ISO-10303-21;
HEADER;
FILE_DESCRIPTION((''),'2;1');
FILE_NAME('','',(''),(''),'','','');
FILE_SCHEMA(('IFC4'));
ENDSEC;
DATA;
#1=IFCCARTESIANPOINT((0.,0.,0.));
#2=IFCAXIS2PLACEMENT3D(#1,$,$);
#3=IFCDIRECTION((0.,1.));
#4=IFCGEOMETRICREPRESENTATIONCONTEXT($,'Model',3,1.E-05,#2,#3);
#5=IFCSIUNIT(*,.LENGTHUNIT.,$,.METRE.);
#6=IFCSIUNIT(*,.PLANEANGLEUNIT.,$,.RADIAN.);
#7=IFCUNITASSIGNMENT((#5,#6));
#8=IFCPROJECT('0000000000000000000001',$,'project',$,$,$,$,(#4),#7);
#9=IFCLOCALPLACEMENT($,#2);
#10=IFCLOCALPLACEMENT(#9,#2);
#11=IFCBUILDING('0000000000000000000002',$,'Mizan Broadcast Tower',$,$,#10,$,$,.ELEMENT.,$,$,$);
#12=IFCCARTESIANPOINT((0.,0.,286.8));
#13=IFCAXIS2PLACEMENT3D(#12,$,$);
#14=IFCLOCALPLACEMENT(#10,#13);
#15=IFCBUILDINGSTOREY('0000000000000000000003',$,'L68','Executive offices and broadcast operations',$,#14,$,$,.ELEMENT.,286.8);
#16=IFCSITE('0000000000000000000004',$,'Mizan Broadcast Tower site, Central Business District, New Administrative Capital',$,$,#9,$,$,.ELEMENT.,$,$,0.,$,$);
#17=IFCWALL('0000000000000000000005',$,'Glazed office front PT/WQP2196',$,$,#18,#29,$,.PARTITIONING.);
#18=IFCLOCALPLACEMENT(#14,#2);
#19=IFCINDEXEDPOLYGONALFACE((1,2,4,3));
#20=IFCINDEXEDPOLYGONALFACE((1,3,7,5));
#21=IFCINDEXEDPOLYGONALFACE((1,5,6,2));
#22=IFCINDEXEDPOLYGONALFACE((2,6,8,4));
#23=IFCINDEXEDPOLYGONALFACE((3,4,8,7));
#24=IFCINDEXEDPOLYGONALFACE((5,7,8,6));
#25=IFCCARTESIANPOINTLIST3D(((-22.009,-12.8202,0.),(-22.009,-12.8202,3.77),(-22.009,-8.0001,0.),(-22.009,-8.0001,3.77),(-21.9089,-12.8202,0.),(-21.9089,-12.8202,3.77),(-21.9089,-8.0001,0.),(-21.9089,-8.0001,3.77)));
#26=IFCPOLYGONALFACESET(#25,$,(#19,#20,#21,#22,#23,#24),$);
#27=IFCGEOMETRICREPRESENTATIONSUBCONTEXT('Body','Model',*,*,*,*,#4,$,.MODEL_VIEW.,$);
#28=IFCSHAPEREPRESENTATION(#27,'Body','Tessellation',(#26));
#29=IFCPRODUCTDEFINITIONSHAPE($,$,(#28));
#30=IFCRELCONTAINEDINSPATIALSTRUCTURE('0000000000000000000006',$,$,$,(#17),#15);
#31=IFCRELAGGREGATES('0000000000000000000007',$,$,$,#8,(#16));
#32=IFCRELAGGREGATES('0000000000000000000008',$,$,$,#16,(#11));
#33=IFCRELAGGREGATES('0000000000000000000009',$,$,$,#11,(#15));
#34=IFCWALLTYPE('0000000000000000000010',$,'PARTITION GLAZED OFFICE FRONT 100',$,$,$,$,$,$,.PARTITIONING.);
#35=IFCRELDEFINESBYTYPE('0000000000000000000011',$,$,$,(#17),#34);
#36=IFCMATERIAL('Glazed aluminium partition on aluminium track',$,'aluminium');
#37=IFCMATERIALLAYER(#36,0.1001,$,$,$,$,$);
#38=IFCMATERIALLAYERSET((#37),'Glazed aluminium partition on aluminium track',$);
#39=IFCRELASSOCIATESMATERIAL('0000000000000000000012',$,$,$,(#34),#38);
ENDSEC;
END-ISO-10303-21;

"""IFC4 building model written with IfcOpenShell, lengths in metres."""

from ifc_helpers import new_model, si_unit, direction, frame, frame_2d, origin, place, context, subcontext, project, spatial, rectangle, extrude, material, layer, layer_set, type_object, element, save


model = new_model("IFC4")

# Units and contexts
model_context = context("Model", 3, precision=1e-05, world=origin(), true_north=direction((0.0, 1.0)))
body_context = subcontext(model_context, "Body", "Model", "MODEL_VIEW")
ifc_project = project(units=[si_unit("LENGTHUNIT", "METRE"), si_unit("PLANEANGLEUNIT", "RADIAN")], contexts=[model_context])

# Site, building, storey
site_placement = place(None, origin())
site = spatial("IfcSite", under=ifc_project, at=site_placement, Name="Mizan Broadcast Tower site, Central Business District, New Administrative Capital", CompositionType="ELEMENT", RefElevation=0.0)
building_placement = place(site_placement, origin())
building = spatial("IfcBuilding", under=site, at=building_placement, Name="Mizan Broadcast Tower", CompositionType="ELEMENT")
storey_placement = place(building_placement, frame((0.0, 0.0, 286.8)))
storey = spatial("IfcBuildingStorey", under=building, at=storey_placement, Name="L68", Description="Executive offices and broadcast operations", CompositionType="ELEMENT", Elevation=286.8)

# Wall
ifc_material_1 = material(Name="Glazed aluminium partition on aluminium track", Category="aluminium")
ifc_layer_1 = layer(ifc_material_1, 0.1001)
ifc_layer_set_1 = layer_set([ifc_layer_1], Name="Glazed aluminium partition on aluminium track")
wall_type = type_object("IfcWallType", Name="PARTITION GLAZED OFFICE FRONT 100", PredefinedType="PARTITIONING", material=ifc_layer_set_1)
wall_placement = place(storey_placement, frame((-21.959, -8.0, 0.0), z_axis=(0.0, 0.0, 1.0), x_axis=(0.0, -1.0, 0.0)))
element("IfcWall", 1, at=wall_placement, inside=storey, type_object=wall_type, Name="Glazed office front PT/WQP2196", PredefinedType="PARTITIONING", context=body_context, shape_type="SweptSolid", body=[
    extrude(rectangle(XDim=4.8201, YDim=0.1001, at=frame_2d((2.4102, 0.0))), origin(), (0.0, 0.0, 1.0), 3.77),
])

save(model, "model.ifc")
